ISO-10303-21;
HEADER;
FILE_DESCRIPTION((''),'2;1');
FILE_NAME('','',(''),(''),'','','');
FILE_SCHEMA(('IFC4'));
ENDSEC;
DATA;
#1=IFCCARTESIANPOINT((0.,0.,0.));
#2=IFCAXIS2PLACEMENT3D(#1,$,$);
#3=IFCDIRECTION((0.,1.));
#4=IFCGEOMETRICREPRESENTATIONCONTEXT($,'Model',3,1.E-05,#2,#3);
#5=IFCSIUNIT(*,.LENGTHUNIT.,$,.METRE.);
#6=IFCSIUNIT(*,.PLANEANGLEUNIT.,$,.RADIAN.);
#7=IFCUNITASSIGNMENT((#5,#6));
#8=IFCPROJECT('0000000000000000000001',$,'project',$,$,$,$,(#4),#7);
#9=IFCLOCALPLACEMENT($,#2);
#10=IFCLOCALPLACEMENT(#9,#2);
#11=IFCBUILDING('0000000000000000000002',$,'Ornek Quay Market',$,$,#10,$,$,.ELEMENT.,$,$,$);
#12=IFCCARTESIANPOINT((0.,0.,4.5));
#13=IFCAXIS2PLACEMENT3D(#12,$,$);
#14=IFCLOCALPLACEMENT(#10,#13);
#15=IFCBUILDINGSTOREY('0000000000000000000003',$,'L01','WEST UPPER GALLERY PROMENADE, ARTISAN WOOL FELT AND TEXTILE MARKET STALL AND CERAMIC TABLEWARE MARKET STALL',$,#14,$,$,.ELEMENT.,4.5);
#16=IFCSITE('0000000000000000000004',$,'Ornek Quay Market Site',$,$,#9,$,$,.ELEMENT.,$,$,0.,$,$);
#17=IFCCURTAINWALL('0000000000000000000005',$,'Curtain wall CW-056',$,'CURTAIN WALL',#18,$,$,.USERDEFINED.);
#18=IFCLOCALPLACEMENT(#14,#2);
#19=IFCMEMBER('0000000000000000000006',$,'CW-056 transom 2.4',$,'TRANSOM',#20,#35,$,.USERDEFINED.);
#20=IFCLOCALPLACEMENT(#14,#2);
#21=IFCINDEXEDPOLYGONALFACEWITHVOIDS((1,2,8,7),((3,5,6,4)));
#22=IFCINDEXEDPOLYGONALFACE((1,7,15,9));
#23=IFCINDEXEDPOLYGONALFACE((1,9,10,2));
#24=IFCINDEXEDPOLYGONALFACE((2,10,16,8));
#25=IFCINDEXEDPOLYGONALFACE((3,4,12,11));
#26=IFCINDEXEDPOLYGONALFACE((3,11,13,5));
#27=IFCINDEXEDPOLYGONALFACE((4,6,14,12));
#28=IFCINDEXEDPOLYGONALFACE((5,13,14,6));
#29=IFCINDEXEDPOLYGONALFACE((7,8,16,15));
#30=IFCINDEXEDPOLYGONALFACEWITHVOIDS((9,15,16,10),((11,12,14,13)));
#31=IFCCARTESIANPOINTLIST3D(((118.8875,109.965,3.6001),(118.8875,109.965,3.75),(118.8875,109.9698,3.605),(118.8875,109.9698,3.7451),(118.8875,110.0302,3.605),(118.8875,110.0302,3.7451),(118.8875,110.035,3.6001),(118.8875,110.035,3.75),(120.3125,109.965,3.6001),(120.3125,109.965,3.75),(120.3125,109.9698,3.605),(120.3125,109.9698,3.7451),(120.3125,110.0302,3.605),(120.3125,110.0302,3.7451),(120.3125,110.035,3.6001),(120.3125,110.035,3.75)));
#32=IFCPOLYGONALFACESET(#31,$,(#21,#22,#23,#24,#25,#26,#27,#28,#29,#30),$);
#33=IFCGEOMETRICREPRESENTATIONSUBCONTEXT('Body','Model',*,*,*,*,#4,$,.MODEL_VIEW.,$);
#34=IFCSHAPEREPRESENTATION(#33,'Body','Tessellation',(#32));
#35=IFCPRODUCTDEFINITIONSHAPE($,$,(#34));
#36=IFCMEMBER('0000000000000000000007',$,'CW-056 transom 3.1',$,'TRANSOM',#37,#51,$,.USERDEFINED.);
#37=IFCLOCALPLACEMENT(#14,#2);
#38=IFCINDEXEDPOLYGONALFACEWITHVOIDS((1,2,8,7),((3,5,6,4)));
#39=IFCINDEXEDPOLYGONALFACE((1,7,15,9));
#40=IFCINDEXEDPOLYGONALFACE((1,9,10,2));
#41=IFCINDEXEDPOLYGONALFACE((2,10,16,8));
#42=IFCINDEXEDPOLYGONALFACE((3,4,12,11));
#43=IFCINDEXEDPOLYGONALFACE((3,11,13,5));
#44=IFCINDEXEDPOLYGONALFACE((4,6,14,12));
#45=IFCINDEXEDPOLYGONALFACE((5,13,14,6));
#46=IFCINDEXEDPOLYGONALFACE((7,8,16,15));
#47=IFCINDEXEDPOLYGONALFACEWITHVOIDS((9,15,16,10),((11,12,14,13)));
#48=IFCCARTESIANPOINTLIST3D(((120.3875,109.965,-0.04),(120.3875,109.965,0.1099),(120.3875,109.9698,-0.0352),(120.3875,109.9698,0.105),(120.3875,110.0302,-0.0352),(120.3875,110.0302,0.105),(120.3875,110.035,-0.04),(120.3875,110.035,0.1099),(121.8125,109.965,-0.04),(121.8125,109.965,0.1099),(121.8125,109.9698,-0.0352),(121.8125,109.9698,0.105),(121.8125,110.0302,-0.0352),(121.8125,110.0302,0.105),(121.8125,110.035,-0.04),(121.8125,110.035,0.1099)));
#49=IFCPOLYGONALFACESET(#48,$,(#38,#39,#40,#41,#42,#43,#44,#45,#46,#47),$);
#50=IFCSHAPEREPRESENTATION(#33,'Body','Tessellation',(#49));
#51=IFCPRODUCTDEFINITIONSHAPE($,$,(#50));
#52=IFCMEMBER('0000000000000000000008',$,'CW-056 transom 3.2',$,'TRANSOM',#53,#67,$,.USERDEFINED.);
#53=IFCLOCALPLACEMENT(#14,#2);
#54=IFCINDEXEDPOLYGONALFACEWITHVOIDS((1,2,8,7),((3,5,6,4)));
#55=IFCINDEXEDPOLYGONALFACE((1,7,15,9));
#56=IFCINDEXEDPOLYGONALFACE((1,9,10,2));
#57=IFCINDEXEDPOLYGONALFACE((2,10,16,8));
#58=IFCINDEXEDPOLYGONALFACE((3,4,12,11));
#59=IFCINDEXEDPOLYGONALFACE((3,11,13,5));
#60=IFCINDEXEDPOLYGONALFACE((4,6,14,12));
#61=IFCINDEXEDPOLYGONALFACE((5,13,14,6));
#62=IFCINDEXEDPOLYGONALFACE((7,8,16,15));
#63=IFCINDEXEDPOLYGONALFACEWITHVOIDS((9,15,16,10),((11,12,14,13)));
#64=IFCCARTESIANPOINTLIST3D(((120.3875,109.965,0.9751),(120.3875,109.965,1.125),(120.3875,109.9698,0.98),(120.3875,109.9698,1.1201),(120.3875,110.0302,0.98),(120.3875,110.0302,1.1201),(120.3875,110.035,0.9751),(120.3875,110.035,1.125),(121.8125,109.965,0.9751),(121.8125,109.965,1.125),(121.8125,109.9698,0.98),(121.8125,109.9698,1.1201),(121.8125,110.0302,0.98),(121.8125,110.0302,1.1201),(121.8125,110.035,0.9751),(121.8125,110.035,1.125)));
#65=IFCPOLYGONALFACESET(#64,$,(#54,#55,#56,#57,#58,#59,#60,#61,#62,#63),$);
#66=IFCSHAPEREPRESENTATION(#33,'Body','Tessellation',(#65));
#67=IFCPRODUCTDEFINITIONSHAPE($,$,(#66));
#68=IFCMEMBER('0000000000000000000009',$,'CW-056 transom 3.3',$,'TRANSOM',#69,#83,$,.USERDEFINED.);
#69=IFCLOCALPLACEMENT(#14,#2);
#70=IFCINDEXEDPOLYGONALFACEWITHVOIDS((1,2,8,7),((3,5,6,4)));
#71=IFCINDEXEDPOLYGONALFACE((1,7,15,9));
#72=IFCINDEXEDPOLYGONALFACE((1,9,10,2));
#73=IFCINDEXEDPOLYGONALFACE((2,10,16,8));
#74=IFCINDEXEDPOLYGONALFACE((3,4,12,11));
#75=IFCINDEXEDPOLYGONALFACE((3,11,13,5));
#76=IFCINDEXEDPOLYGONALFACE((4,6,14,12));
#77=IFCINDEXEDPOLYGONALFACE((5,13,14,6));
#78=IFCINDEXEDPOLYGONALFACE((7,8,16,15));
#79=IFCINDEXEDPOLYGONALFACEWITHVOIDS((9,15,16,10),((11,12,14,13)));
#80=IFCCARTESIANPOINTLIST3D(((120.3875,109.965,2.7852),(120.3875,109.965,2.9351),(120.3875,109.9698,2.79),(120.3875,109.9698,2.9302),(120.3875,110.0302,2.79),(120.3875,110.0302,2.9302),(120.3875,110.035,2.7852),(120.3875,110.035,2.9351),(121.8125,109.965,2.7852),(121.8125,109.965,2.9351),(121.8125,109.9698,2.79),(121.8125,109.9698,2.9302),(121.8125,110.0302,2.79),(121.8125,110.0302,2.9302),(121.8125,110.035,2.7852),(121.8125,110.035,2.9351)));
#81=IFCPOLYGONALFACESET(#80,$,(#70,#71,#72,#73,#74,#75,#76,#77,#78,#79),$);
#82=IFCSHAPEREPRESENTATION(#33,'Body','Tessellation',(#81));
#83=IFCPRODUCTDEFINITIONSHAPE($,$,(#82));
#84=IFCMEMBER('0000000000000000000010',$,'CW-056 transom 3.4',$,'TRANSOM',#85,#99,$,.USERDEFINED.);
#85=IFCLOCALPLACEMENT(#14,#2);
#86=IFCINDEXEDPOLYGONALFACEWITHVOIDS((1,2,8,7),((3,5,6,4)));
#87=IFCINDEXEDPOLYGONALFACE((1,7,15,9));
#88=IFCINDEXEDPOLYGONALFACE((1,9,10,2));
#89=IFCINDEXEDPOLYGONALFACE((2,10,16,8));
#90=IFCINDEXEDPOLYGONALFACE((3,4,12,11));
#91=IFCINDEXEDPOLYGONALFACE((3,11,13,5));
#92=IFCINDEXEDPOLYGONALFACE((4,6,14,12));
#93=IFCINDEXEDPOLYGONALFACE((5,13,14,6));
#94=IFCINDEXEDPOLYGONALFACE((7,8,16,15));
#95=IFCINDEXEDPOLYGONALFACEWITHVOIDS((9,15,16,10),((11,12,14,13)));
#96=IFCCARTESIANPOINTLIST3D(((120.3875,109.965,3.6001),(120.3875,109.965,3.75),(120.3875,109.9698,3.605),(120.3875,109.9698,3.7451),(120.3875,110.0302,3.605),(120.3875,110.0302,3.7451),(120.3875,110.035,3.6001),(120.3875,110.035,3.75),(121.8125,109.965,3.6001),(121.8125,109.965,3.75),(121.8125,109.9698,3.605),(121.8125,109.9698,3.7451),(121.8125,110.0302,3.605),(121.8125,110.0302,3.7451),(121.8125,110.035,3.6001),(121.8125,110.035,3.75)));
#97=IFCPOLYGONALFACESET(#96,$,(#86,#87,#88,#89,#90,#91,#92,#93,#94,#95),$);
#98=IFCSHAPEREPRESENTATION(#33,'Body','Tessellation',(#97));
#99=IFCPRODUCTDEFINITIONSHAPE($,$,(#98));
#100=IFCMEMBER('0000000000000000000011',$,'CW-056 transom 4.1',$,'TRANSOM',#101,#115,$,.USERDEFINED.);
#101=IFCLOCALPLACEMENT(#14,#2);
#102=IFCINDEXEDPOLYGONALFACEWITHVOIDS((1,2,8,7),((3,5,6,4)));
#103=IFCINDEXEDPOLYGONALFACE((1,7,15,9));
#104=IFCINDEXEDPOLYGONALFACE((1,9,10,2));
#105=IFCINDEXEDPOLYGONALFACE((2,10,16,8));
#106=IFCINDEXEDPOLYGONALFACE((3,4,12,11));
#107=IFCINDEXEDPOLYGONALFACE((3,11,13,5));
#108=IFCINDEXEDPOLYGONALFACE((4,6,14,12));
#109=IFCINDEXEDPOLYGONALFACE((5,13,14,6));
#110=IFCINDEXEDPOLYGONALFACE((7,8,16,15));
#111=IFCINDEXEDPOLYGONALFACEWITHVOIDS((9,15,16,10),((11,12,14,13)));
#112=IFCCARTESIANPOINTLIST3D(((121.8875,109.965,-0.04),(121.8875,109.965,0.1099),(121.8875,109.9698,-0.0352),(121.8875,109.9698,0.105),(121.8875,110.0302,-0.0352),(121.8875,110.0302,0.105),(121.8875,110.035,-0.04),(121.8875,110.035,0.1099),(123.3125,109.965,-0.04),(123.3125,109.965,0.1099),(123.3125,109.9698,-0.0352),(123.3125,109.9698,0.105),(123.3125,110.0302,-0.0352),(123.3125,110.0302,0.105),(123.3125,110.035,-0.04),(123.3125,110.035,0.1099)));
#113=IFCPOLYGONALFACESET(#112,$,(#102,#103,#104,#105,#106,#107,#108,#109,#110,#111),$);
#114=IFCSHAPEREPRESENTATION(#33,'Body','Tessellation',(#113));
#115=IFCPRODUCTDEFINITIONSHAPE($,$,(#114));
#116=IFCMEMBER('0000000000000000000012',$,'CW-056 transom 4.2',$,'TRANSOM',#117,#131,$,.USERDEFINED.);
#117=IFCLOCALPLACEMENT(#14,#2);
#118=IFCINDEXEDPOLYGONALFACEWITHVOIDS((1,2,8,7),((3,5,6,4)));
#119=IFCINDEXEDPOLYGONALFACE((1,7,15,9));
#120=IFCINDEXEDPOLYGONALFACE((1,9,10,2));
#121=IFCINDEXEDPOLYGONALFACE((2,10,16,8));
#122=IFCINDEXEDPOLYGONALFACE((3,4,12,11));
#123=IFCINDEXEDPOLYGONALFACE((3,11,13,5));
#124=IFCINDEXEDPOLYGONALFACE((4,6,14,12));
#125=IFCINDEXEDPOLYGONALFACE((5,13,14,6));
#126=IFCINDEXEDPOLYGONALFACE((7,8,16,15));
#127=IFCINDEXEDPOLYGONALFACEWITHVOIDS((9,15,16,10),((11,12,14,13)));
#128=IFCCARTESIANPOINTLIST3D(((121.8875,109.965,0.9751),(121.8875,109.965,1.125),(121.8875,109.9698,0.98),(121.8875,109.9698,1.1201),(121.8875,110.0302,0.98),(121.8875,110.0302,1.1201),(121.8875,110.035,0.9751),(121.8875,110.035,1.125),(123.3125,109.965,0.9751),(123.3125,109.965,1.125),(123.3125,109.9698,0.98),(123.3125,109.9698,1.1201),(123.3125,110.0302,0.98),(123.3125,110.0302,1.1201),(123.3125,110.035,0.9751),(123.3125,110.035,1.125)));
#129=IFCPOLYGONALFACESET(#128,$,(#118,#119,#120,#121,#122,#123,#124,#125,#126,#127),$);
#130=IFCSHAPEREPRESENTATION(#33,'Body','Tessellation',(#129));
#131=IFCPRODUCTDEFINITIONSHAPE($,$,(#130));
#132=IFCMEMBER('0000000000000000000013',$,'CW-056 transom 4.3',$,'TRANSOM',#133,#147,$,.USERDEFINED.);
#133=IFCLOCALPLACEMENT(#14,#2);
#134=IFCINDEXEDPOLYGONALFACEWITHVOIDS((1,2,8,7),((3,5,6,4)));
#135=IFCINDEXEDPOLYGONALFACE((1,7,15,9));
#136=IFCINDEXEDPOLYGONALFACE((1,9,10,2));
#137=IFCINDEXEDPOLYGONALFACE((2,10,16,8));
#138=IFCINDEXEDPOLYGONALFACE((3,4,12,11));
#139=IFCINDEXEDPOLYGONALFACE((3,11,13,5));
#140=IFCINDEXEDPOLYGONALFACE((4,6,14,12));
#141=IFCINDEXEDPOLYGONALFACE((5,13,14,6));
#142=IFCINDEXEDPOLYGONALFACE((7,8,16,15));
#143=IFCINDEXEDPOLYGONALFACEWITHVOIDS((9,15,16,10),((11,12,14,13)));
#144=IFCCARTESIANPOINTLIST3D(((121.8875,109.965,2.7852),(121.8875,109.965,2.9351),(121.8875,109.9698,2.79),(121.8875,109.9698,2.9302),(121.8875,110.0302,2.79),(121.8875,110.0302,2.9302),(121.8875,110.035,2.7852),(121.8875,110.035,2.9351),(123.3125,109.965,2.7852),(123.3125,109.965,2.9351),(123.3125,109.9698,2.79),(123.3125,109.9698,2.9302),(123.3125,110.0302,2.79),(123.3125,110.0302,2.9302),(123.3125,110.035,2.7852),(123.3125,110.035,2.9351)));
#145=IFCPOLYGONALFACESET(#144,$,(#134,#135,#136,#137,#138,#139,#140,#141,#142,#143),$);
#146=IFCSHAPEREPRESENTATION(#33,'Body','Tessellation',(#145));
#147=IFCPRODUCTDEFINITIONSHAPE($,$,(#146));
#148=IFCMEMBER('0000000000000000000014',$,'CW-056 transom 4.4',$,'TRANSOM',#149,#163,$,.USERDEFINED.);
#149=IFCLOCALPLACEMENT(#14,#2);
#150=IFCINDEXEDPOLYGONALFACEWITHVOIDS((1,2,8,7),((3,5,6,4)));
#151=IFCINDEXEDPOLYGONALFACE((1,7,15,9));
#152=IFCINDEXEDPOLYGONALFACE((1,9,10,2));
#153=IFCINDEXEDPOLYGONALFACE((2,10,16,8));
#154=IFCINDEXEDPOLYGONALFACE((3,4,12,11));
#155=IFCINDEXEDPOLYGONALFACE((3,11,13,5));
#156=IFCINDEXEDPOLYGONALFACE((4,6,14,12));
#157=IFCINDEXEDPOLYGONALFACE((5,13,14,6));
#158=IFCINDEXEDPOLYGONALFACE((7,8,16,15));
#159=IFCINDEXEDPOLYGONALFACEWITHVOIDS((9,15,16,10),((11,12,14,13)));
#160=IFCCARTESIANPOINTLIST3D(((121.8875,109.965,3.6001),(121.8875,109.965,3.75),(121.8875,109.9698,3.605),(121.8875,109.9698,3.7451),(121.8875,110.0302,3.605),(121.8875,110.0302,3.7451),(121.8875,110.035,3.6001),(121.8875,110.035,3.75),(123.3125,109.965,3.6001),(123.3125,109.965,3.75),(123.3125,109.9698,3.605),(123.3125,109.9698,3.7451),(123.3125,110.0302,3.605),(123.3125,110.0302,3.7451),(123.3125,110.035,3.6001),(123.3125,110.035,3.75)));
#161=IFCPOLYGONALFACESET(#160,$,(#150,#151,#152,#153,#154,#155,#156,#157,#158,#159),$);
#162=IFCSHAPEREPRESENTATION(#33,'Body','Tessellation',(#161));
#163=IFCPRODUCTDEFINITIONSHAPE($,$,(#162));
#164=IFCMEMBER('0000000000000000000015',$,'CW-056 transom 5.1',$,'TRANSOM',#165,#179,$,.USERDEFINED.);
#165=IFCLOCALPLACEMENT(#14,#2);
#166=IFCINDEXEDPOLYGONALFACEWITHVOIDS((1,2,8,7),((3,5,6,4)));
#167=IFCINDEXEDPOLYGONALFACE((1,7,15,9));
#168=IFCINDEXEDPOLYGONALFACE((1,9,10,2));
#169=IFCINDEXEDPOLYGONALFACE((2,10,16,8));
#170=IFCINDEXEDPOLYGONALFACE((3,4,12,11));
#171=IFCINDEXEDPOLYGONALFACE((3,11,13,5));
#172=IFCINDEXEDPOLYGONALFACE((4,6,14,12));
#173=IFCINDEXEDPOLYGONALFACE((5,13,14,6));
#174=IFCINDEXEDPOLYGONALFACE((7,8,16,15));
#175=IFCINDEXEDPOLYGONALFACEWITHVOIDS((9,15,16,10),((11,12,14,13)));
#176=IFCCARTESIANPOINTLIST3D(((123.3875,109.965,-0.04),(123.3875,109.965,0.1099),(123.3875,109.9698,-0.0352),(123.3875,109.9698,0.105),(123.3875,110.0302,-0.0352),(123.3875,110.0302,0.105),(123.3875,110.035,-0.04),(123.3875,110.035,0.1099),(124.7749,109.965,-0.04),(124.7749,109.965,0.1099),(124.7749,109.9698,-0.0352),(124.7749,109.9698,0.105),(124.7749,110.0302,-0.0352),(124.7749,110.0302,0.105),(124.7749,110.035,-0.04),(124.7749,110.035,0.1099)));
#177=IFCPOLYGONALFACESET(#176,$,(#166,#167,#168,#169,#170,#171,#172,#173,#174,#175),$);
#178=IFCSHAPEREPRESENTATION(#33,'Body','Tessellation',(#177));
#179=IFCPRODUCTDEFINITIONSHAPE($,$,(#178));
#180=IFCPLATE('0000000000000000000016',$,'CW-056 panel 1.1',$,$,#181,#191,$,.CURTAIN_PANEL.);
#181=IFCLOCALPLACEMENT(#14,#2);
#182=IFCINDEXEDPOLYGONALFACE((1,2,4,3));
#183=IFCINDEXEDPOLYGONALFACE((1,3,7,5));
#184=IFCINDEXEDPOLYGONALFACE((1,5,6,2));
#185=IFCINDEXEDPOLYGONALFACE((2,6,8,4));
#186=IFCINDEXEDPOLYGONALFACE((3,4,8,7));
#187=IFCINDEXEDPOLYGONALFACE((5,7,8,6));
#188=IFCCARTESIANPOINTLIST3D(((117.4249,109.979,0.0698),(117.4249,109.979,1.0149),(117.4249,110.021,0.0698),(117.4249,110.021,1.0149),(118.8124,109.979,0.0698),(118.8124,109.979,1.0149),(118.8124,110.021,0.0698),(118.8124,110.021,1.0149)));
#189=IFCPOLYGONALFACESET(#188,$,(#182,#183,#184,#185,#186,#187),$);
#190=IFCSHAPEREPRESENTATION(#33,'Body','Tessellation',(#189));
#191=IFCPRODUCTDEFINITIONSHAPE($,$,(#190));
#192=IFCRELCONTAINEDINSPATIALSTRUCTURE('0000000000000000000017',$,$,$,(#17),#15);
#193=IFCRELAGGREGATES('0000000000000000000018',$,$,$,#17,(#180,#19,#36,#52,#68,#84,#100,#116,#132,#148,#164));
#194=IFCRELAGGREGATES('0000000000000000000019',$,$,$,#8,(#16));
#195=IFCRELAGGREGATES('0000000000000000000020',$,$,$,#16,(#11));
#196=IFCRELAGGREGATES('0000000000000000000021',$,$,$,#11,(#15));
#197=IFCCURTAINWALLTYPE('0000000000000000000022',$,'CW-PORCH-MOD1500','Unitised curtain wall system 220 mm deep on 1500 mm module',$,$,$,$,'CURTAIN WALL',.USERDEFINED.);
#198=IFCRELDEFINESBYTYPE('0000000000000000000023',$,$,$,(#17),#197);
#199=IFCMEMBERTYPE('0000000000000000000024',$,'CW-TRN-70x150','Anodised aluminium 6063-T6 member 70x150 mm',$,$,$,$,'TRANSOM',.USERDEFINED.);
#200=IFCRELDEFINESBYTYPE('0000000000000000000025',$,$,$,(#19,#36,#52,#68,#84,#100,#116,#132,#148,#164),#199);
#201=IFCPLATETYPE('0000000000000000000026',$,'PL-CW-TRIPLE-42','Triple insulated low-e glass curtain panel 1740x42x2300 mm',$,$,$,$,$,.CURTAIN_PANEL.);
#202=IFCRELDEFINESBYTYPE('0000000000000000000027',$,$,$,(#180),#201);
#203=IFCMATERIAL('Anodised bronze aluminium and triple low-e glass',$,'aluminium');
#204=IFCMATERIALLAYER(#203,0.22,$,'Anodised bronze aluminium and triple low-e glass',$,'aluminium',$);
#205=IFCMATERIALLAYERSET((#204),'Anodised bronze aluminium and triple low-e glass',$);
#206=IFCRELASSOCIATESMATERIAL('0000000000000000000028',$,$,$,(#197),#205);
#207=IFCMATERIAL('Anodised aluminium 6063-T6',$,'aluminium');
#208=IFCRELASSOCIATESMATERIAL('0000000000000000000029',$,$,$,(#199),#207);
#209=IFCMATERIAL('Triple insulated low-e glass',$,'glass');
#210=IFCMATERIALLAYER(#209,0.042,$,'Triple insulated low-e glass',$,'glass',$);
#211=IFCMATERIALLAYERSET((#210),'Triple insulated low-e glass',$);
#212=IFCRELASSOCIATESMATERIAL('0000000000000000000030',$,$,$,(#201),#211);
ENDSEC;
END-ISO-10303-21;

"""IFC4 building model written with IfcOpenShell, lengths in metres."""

from ifc_helpers import new_model, si_unit, direction, frame, origin, origin_2d, place, context, subcontext, project, spatial, rectangle, hollow_rectangle, extrude, material, layer, layer_set, material_profile, profile_set, type_object, element, aggregate, save


model = new_model("IFC4")

# Units and contexts
model_context = context("Model", 3, precision=1e-05, world=origin(), true_north=direction((0.0, 1.0)))
body_context = subcontext(model_context, "Body", "Model", "MODEL_VIEW")
ifc_project = project(units=[si_unit("LENGTHUNIT", "METRE"), si_unit("PLANEANGLEUNIT", "RADIAN")], contexts=[model_context])

# Site, building, storey
site_placement = place(None, origin())
site = spatial("IfcSite", under=ifc_project, at=site_placement, Name="Ornek Quay Market Site", CompositionType="ELEMENT", RefElevation=0.0)
building_placement = place(site_placement, origin())
building = spatial("IfcBuilding", under=site, at=building_placement, Name="Ornek Quay Market", CompositionType="ELEMENT")
storey_placement = place(building_placement, frame((0.0, 0.0, 4.5)))
storey = spatial("IfcBuildingStorey", under=building, at=storey_placement, Name="L01", Description="WEST UPPER GALLERY PROMENADE, ARTISAN WOOL FELT AND TEXTILE MARKET STALL AND CERAMIC TABLEWARE MARKET STALL", CompositionType="ELEMENT", Elevation=4.5)

# Curtain wall, members, plate
ifc_material_1 = material(Name="Anodised bronze aluminium and triple low-e glass", Category="aluminium")
ifc_layer_1 = layer(ifc_material_1, 0.22, Name="Anodised bronze aluminium and triple low-e glass", Category="aluminium")
ifc_layer_set_1 = layer_set([ifc_layer_1], Name="Anodised bronze aluminium and triple low-e glass")
curtain_wall_type = type_object("IfcCurtainWallType", Name="CW-PORCH-MOD1500", Description="Unitised curtain wall system 220 mm deep on 1500 mm module", ElementType="CURTAIN WALL", PredefinedType="USERDEFINED", material=ifc_layer_set_1)
curtain_wall_placement = place(storey_placement, origin())
curtain_wall = element("IfcCurtainWall", 1, at=curtain_wall_placement, inside=storey, type_object=curtain_wall_type, Name="Curtain wall CW-056", ObjectType="CURTAIN WALL", PredefinedType="USERDEFINED")
ifc_material_2 = material(Name="Anodised aluminium 6063-T6", Category="aluminium")
ifc_material_profile_1 = material_profile(ifc_material_2, hollow_rectangle(XDim=0.0701, YDim=0.1499, WallThickness=0.0049, at=origin_2d()), Name="CW-TRN-70x150", Category="aluminium")
ifc_profile_set_1 = profile_set([ifc_material_profile_1], Name="Anodised aluminium 6063-T6")
member_type_1 = type_object("IfcMemberType", Name="CW-TRN-70x150", Description="Anodised aluminium 6063-T6 member 70x150 mm", ElementType="TRANSOM", PredefinedType="USERDEFINED", material=ifc_profile_set_1)
member_1_placement = place(storey_placement, frame((118.8875, 110.0, 3.675), z_axis=(1.0, 0.0, 0.0), x_axis=(0.0, 1.0, 0.0)))
member_1 = element("IfcMember", 2, at=member_1_placement, type_object=member_type_1, Name="CW-056 transom 2.4", ObjectType="TRANSOM", PredefinedType="USERDEFINED", context=body_context, shape_type="SweptSolid", body=[
    extrude(hollow_rectangle(XDim=0.0701, YDim=0.1499, WallThickness=0.0049, at=origin_2d()), origin(), (0.0, 0.0, 1.0), 1.425),
])
member_2_placement = place(storey_placement, frame((120.3875, 110.0, 0.0349), z_axis=(1.0, 0.0, 0.0), x_axis=(0.0, 1.0, 0.0)))
member_2 = element("IfcMember", 3, at=member_2_placement, type_object=member_type_1, Name="CW-056 transom 3.1", ObjectType="TRANSOM", PredefinedType="USERDEFINED", context=body_context, shape_type="SweptSolid", body=[
    extrude(hollow_rectangle(XDim=0.0701, YDim=0.1499, WallThickness=0.0049, at=origin_2d()), origin(), (0.0, 0.0, 1.0), 1.425),
])
member_3_placement = place(storey_placement, frame((120.3875, 110.0, 1.05), z_axis=(1.0, 0.0, 0.0), x_axis=(0.0, 1.0, 0.0)))
member_3 = element("IfcMember", 4, at=member_3_placement, type_object=member_type_1, Name="CW-056 transom 3.2", ObjectType="TRANSOM", PredefinedType="USERDEFINED", context=body_context, shape_type="SweptSolid", body=[
    extrude(hollow_rectangle(XDim=0.0701, YDim=0.1499, WallThickness=0.0049, at=origin_2d()), origin(), (0.0, 0.0, 1.0), 1.425),
])
member_4_placement = place(storey_placement, frame((120.3875, 110.0, 2.8601), z_axis=(1.0, 0.0, 0.0), x_axis=(0.0, 1.0, 0.0)))
member_4 = element("IfcMember", 5, at=member_4_placement, type_object=member_type_1, Name="CW-056 transom 3.3", ObjectType="TRANSOM", PredefinedType="USERDEFINED", context=body_context, shape_type="SweptSolid", body=[
    extrude(hollow_rectangle(XDim=0.0701, YDim=0.1499, WallThickness=0.0049, at=origin_2d()), origin(), (0.0, 0.0, 1.0), 1.425),
])
member_5_placement = place(storey_placement, frame((120.3875, 110.0, 3.675), z_axis=(1.0, 0.0, 0.0), x_axis=(0.0, 1.0, 0.0)))
member_5 = element("IfcMember", 6, at=member_5_placement, type_object=member_type_1, Name="CW-056 transom 3.4", ObjectType="TRANSOM", PredefinedType="USERDEFINED", context=body_context, shape_type="SweptSolid", body=[
    extrude(hollow_rectangle(XDim=0.0701, YDim=0.1499, WallThickness=0.0049, at=origin_2d()), origin(), (0.0, 0.0, 1.0), 1.425),
])
member_6_placement = place(storey_placement, frame((121.8875, 110.0, 0.0349), z_axis=(1.0, 0.0, 0.0), x_axis=(0.0, 1.0, 0.0)))
member_6 = element("IfcMember", 7, at=member_6_placement, type_object=member_type_1, Name="CW-056 transom 4.1", ObjectType="TRANSOM", PredefinedType="USERDEFINED", context=body_context, shape_type="SweptSolid", body=[
    extrude(hollow_rectangle(XDim=0.0701, YDim=0.1499, WallThickness=0.0049, at=origin_2d()), origin(), (0.0, 0.0, 1.0), 1.425),
])
member_7_placement = place(storey_placement, frame((121.8875, 110.0, 1.05), z_axis=(1.0, 0.0, 0.0), x_axis=(0.0, 1.0, 0.0)))
member_7 = element("IfcMember", 8, at=member_7_placement, type_object=member_type_1, Name="CW-056 transom 4.2", ObjectType="TRANSOM", PredefinedType="USERDEFINED", context=body_context, shape_type="SweptSolid", body=[
    extrude(hollow_rectangle(XDim=0.0701, YDim=0.1499, WallThickness=0.0049, at=origin_2d()), origin(), (0.0, 0.0, 1.0), 1.425),
])
member_8_placement = place(storey_placement, frame((121.8875, 110.0, 2.8601), z_axis=(1.0, 0.0, 0.0), x_axis=(0.0, 1.0, 0.0)))
member_8 = element("IfcMember", 9, at=member_8_placement, type_object=member_type_1, Name="CW-056 transom 4.3", ObjectType="TRANSOM", PredefinedType="USERDEFINED", context=body_context, shape_type="SweptSolid", body=[
    extrude(hollow_rectangle(XDim=0.0701, YDim=0.1499, WallThickness=0.0049, at=origin_2d()), origin(), (0.0, 0.0, 1.0), 1.425),
])
member_9_placement = place(storey_placement, frame((121.8875, 110.0, 3.675), z_axis=(1.0, 0.0, 0.0), x_axis=(0.0, 1.0, 0.0)))
member_9 = element("IfcMember", 10, at=member_9_placement, type_object=member_type_1, Name="CW-056 transom 4.4", ObjectType="TRANSOM", PredefinedType="USERDEFINED", context=body_context, shape_type="SweptSolid", body=[
    extrude(hollow_rectangle(XDim=0.0701, YDim=0.1499, WallThickness=0.0049, at=origin_2d()), origin(), (0.0, 0.0, 1.0), 1.425),
])
member_10_placement = place(storey_placement, frame((123.3875, 110.0, 0.0349), z_axis=(1.0, 0.0, 0.0), x_axis=(0.0, 1.0, 0.0)))
member_10 = element("IfcMember", 11, at=member_10_placement, type_object=member_type_1, Name="CW-056 transom 5.1", ObjectType="TRANSOM", PredefinedType="USERDEFINED", context=body_context, shape_type="SweptSolid", body=[
    extrude(hollow_rectangle(XDim=0.0701, YDim=0.1499, WallThickness=0.0049, at=origin_2d()), origin(), (0.0, 0.0, 1.0), 1.3875),
])
ifc_material_3 = material(Name="Triple insulated low-e glass", Category="glass")
ifc_layer_2 = layer(ifc_material_3, 0.042, Name="Triple insulated low-e glass", Category="glass")
ifc_layer_set_2 = layer_set([ifc_layer_2], Name="Triple insulated low-e glass")
plate_type = type_object("IfcPlateType", Name="PL-CW-TRIPLE-42", Description="Triple insulated low-e glass curtain panel 1740x42x2300 mm", PredefinedType="CURTAIN_PANEL", material=ifc_layer_set_2)
plate_1_placement = place(storey_placement, frame((118.1187, 110.0, 0.0698), z_axis=(0.0, 0.0, 1.0), x_axis=(1.0, 0.0, 0.0)))
plate_1 = element("IfcPlate", 12, at=plate_1_placement, type_object=plate_type, Name="CW-056 panel 1.1", PredefinedType="CURTAIN_PANEL", context=body_context, shape_type="SweptSolid", body=[
    extrude(rectangle(XDim=1.3875, YDim=0.042, at=origin_2d()), origin(), (0.0, 0.0, 1.0), 0.9451),
])
aggregate(curtain_wall, [plate_1, member_1, member_2, member_3, member_4, member_5, member_6, member_7, member_8, member_9, member_10])

save(model, "model.ifc")
